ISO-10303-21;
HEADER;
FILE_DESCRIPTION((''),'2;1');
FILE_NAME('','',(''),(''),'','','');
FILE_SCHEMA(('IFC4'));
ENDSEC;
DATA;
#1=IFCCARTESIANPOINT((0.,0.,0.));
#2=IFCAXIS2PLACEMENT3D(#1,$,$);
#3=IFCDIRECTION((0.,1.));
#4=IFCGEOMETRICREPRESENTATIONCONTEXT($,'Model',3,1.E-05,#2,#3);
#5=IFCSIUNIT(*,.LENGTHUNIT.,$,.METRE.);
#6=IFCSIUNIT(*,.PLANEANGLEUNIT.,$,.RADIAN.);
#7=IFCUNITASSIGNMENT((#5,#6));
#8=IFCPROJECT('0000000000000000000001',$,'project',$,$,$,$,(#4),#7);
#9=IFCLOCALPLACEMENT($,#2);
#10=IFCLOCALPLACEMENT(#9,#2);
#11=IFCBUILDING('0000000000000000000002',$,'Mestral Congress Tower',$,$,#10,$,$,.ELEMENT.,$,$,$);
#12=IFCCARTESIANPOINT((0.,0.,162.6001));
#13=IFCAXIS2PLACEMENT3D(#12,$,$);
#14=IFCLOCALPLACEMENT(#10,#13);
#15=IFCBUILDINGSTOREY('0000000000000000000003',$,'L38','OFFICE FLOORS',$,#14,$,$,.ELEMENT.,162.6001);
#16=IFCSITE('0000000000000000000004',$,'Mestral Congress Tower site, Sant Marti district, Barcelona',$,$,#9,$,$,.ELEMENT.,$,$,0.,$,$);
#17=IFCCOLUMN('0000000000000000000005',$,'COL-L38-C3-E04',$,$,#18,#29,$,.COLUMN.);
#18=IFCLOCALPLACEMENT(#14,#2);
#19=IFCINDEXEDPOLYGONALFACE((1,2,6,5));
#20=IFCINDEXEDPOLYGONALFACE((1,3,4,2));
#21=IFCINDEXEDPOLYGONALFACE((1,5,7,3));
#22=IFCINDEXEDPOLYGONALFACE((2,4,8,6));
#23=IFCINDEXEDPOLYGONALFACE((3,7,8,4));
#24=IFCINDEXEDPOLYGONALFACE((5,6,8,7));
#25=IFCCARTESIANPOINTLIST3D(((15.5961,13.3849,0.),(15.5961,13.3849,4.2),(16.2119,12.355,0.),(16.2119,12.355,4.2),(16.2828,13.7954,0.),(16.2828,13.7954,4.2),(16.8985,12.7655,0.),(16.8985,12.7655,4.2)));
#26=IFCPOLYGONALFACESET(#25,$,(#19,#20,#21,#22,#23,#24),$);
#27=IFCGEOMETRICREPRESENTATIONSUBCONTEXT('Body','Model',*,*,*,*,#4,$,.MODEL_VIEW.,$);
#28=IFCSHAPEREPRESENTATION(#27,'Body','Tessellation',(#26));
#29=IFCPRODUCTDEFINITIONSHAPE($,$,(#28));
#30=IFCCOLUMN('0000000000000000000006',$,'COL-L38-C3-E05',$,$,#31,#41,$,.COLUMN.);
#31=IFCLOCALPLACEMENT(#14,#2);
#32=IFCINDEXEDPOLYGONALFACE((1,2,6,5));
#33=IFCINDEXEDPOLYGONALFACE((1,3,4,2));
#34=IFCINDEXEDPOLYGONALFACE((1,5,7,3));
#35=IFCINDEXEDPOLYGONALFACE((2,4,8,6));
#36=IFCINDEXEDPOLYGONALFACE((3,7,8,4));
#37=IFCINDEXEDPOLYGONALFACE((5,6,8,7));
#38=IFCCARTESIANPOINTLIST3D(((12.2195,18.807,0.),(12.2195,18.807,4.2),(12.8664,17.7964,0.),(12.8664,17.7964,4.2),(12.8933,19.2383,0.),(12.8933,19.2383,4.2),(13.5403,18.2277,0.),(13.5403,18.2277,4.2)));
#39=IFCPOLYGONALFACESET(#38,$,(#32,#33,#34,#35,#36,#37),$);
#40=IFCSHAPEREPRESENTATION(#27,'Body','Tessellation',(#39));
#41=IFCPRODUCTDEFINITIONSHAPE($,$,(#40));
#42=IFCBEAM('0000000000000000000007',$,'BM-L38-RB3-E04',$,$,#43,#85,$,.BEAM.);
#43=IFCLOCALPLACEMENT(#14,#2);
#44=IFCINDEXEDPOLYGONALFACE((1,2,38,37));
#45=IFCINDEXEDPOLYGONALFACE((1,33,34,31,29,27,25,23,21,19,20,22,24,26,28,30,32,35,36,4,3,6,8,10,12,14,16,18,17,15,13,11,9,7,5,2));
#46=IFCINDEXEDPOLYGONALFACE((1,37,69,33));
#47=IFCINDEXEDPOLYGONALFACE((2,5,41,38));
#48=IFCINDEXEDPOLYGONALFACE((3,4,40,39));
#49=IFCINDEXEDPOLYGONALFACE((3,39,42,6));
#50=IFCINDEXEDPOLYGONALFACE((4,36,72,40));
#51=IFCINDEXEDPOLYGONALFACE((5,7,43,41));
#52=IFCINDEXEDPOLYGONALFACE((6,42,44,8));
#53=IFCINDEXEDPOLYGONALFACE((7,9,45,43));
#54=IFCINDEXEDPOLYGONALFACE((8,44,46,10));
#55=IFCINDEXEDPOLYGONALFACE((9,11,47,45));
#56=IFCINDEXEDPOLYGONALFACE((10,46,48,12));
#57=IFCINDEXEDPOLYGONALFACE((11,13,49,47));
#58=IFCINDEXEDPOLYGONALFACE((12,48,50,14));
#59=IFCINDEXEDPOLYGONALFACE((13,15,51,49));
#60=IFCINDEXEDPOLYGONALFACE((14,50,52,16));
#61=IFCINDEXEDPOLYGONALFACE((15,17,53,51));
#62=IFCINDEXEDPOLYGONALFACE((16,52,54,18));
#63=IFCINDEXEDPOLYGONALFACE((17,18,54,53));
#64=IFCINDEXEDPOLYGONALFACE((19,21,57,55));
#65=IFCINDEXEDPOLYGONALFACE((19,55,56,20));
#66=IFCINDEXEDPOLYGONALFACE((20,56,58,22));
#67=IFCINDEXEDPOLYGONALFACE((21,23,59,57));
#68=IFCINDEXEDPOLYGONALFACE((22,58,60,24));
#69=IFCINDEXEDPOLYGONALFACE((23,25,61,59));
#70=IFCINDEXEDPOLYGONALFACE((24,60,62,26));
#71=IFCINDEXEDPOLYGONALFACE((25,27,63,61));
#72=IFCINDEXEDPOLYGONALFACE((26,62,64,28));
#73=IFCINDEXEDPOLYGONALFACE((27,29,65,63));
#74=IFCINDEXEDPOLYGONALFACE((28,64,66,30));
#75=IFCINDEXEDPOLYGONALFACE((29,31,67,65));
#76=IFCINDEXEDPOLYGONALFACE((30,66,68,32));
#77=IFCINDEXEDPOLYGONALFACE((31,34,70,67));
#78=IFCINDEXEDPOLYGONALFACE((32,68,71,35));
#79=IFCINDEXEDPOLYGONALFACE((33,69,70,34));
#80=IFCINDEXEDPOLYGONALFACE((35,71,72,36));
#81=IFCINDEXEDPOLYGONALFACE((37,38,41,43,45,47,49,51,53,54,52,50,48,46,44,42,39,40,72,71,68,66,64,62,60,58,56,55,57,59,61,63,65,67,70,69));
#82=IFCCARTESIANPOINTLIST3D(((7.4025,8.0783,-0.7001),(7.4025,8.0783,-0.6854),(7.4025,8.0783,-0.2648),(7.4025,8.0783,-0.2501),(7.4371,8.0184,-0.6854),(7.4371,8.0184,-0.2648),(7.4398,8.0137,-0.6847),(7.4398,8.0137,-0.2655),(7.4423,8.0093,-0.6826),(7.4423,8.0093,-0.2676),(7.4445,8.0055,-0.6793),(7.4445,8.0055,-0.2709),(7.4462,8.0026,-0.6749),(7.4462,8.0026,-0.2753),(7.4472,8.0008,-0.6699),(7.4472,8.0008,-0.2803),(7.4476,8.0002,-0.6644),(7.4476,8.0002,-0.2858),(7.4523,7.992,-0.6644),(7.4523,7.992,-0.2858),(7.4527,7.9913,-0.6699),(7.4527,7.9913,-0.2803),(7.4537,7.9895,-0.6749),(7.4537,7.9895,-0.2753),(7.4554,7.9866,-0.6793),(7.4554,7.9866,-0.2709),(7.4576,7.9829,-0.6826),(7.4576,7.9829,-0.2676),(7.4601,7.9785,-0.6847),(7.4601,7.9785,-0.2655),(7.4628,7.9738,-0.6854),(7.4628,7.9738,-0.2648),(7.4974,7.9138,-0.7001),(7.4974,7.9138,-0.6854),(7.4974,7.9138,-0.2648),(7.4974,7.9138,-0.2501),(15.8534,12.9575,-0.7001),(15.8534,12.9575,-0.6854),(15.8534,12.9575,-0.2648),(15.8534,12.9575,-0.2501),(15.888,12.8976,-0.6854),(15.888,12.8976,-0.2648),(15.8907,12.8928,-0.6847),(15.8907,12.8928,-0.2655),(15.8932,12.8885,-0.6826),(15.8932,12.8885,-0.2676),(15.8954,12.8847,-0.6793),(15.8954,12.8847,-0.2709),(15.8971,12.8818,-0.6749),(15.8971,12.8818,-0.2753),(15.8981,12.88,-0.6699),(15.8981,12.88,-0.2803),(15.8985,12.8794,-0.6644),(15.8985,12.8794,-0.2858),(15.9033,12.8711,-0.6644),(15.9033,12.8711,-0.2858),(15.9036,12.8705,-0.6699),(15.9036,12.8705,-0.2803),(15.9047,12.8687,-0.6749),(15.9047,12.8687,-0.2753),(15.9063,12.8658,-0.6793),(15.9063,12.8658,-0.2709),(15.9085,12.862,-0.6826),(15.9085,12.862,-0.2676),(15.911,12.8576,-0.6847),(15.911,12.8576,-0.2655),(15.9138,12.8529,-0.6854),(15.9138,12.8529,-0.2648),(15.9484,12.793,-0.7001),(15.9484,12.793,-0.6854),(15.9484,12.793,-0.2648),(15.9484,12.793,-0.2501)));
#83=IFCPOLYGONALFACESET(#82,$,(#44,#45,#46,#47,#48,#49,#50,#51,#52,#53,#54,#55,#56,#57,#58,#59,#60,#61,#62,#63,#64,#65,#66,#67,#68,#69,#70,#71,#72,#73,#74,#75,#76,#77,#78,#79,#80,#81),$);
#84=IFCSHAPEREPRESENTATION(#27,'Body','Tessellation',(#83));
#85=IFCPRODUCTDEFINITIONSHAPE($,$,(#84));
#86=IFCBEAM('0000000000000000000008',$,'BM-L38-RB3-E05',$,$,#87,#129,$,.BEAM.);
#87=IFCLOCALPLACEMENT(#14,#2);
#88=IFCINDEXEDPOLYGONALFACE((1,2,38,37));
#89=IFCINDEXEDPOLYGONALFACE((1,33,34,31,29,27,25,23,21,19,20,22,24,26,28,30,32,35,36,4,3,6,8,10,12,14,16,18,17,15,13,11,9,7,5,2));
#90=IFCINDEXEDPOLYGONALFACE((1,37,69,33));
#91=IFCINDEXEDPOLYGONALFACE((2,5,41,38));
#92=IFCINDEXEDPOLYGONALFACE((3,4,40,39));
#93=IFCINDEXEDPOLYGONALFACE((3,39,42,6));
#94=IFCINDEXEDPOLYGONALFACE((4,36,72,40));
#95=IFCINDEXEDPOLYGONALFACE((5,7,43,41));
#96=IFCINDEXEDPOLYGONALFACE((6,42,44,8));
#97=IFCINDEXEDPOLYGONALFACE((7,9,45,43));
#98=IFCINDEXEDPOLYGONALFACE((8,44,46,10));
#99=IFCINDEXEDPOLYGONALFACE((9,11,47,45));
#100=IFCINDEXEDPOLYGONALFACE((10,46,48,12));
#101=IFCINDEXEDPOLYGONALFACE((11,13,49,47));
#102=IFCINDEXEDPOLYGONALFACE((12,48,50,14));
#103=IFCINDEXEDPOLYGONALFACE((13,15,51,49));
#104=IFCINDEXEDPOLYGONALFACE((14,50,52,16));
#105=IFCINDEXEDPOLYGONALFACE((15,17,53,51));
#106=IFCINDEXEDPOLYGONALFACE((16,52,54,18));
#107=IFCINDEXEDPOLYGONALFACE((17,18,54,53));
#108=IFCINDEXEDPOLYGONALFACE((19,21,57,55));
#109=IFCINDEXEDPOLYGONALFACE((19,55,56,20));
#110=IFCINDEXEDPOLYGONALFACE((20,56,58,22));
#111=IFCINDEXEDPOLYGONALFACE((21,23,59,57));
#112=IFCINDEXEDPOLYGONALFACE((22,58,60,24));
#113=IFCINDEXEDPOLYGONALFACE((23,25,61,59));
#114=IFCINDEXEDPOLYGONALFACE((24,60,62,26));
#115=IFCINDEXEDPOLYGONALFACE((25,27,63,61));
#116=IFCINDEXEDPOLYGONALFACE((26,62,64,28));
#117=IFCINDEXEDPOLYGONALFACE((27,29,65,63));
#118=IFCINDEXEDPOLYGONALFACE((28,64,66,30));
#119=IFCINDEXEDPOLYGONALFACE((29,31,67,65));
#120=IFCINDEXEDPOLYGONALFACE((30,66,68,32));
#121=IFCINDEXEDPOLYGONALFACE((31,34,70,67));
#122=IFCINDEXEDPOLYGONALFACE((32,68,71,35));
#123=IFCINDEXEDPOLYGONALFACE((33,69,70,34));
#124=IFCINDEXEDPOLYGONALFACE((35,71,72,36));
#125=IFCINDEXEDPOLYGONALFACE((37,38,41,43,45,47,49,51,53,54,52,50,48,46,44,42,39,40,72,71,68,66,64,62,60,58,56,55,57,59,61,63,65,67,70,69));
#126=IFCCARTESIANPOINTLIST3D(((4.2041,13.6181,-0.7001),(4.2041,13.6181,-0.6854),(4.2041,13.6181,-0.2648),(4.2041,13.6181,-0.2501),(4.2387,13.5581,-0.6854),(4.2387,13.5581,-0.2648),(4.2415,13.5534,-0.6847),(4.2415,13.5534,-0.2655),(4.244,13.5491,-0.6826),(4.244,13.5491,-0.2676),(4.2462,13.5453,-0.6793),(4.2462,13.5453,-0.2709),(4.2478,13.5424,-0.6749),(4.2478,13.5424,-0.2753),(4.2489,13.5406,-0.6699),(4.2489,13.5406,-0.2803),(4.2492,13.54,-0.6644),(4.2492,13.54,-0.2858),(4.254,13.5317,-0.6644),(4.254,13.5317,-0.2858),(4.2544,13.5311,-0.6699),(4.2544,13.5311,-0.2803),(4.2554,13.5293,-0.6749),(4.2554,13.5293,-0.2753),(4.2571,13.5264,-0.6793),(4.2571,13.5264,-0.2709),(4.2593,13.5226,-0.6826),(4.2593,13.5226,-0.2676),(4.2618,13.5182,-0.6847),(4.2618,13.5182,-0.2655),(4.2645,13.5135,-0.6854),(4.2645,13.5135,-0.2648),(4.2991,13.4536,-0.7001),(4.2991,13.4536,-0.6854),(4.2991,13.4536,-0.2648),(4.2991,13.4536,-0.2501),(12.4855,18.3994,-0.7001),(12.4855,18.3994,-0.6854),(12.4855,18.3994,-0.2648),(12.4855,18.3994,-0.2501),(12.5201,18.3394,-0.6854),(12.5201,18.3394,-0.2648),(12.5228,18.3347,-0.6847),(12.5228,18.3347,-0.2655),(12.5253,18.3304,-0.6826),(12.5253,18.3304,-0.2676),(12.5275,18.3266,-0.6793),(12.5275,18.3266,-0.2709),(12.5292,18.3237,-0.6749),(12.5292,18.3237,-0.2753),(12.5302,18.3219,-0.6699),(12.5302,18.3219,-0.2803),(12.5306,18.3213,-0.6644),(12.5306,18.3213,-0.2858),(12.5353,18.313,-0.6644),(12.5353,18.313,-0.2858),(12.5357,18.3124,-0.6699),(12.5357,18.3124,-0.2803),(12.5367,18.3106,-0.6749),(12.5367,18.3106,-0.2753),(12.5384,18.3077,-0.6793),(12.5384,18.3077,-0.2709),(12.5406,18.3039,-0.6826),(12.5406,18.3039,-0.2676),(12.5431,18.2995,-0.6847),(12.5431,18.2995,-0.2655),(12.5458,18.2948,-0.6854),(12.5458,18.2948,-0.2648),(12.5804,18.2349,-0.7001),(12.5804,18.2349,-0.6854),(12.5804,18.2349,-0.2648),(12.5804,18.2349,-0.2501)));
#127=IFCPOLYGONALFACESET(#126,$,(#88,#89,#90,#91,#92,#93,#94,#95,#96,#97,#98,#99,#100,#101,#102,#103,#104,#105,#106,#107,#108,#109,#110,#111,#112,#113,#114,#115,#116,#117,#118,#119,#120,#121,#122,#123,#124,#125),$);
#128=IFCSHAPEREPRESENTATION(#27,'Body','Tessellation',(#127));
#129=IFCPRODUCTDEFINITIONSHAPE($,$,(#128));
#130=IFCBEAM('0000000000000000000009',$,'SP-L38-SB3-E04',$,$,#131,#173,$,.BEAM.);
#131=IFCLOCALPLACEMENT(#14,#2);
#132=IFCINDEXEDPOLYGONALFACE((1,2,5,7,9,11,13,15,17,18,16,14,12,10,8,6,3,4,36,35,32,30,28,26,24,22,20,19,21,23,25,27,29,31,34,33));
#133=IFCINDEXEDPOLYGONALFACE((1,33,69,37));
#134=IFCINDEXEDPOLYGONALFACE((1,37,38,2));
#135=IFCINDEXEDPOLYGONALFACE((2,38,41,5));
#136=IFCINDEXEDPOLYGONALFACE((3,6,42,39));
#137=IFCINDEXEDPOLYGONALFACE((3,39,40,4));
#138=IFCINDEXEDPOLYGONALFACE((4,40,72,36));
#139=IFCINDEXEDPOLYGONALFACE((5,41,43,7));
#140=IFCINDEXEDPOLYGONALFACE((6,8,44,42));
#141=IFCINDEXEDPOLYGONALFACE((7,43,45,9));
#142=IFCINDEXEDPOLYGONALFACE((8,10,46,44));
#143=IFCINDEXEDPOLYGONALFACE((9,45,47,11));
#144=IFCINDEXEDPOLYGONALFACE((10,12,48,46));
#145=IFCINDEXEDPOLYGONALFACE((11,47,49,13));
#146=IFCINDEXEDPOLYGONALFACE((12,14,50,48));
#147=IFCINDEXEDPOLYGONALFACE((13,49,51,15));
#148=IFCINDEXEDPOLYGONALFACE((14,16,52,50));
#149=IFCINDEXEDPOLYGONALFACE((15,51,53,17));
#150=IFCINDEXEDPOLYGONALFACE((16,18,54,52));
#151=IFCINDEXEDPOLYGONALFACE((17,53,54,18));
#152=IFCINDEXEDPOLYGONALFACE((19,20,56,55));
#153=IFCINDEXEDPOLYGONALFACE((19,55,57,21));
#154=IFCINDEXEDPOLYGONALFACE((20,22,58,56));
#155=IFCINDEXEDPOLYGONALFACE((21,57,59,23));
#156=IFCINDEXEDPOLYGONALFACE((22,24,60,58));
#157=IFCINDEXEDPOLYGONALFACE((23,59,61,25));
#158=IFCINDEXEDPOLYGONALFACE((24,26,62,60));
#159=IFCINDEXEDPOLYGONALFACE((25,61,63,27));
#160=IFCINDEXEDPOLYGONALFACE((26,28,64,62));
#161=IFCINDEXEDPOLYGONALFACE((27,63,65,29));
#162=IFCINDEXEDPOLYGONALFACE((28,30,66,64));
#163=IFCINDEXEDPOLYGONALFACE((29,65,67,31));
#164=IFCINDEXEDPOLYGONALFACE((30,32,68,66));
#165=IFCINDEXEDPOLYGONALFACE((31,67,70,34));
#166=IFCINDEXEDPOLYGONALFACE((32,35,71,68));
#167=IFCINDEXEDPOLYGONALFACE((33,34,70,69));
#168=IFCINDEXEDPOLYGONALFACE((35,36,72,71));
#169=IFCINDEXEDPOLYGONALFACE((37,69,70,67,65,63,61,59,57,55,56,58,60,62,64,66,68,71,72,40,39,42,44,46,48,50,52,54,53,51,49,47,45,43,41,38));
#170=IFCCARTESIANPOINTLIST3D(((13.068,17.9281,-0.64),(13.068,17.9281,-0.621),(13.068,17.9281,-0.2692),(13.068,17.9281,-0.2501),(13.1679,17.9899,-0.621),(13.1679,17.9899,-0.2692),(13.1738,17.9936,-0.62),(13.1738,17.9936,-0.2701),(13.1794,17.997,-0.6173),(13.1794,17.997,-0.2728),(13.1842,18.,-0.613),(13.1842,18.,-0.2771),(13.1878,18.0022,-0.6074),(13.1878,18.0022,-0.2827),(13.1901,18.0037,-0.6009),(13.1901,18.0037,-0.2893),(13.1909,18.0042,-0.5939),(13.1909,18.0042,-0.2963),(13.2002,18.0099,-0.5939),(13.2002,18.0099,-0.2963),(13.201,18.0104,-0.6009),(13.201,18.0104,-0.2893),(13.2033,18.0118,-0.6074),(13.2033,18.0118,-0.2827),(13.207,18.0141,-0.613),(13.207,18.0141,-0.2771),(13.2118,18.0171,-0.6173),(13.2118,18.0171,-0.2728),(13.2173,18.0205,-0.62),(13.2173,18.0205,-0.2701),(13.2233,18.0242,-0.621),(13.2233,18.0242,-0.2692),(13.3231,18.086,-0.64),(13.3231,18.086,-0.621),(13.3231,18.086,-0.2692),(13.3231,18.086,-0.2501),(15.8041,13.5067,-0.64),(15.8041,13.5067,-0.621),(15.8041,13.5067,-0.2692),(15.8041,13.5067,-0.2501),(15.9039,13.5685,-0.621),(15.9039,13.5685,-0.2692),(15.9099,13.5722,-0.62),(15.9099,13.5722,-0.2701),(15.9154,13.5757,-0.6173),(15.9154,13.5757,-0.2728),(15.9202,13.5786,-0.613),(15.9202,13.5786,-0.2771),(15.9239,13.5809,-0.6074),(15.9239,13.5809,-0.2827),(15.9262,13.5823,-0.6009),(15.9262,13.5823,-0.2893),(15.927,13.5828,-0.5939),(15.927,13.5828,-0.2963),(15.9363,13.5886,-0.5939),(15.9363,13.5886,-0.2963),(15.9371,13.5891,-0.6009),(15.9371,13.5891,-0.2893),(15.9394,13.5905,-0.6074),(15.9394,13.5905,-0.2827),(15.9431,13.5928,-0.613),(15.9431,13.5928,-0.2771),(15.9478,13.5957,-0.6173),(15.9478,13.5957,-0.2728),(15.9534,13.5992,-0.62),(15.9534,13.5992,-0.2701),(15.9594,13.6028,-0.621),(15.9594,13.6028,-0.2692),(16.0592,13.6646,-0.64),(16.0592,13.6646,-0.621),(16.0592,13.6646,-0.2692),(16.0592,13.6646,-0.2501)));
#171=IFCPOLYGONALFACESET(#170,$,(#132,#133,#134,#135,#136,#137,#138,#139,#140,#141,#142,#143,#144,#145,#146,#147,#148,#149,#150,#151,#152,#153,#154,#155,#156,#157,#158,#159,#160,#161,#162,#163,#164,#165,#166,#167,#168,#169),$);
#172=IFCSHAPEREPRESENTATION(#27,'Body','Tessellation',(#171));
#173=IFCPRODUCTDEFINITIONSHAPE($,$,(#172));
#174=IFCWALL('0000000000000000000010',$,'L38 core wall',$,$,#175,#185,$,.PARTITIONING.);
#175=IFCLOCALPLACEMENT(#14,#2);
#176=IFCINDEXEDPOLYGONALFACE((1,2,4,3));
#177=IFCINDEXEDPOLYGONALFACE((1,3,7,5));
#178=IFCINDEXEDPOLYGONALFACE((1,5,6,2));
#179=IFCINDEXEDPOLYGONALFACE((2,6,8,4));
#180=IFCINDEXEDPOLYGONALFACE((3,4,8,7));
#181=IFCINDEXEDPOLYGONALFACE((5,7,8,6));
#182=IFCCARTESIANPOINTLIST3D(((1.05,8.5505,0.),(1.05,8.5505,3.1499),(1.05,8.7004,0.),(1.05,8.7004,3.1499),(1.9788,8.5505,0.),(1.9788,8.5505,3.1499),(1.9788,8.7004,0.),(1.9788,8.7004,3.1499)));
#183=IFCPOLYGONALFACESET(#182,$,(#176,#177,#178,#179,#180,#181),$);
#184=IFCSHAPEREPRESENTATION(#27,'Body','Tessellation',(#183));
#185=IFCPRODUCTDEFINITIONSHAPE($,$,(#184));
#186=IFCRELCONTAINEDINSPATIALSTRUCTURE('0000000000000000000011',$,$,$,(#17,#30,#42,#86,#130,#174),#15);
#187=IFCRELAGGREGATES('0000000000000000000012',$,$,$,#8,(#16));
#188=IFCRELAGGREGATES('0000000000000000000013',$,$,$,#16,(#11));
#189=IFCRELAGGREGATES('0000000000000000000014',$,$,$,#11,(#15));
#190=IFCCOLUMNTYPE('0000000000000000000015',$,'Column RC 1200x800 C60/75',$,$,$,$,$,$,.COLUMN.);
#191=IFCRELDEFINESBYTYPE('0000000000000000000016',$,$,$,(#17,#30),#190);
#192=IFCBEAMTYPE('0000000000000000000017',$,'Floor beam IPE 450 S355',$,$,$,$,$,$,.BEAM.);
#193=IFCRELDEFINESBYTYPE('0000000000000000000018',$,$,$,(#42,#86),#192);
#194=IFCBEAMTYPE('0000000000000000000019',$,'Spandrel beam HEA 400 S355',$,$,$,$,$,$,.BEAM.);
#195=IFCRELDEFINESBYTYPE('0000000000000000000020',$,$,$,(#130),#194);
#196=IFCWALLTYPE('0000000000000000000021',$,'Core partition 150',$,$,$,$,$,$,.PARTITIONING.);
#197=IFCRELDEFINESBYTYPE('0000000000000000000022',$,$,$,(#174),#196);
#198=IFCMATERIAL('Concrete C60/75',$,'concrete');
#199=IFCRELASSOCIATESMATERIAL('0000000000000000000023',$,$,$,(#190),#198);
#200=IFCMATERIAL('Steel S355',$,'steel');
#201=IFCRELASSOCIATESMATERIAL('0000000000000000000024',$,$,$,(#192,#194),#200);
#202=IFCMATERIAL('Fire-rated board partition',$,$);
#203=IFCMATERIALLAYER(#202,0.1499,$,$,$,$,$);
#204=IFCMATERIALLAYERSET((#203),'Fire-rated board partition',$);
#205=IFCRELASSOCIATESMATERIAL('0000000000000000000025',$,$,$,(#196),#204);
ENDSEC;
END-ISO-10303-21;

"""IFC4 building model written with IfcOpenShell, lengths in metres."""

from ifc_helpers import new_model, si_unit, direction, frame, frame_2d, origin, origin_2d, place, context, subcontext, project, spatial, rectangle, i_section, extrude, material, layer, layer_set, material_profile, profile_set, type_object, element, save


model = new_model("IFC4")

# Units and contexts
model_context = context("Model", 3, precision=1e-05, world=origin(), true_north=direction((0.0, 1.0)))
body_context = subcontext(model_context, "Body", "Model", "MODEL_VIEW")
ifc_project = project(units=[si_unit("LENGTHUNIT", "METRE"), si_unit("PLANEANGLEUNIT", "RADIAN")], contexts=[model_context])

# Site, building, storey
site_placement = place(None, origin())
site = spatial("IfcSite", under=ifc_project, at=site_placement, Name="Mestral Congress Tower site, Sant Marti district, Barcelona", CompositionType="ELEMENT", RefElevation=0.0)
building_placement = place(site_placement, origin())
building = spatial("IfcBuilding", under=site, at=building_placement, Name="Mestral Congress Tower", CompositionType="ELEMENT")
storey_placement = place(building_placement, frame((0.0, 0.0, 162.6001)))
storey = spatial("IfcBuildingStorey", under=building, at=storey_placement, Name="L38", Description="OFFICE FLOORS", CompositionType="ELEMENT", Elevation=162.6001)

# Columns
ifc_material_1 = material(Name="Concrete C60/75", Category="concrete")
ifc_material_profile_1 = material_profile(ifc_material_1, rectangle(XDim=1.2, YDim=0.8, at=origin_2d()), Name="RC 1200x800")
ifc_profile_set_1 = profile_set([ifc_material_profile_1], Name="Concrete C60/75")
column_type = type_object("IfcColumnType", Name="Column RC 1200x800 C60/75", PredefinedType="COLUMN", material=ifc_profile_set_1)
for number, where, z_axis, x_axis, name in (
    (1, (16.2473, 13.0752, 0.0), (0.0, 0.0, 1.0), (-0.513159, 0.858293, 0.0), "COL-L38-C3-E04"),
    (2, (12.8799, 18.5173, 0.0), (0.0, 0.0, 1.0), (-0.539115, 0.842232, 0.0), "COL-L38-C3-E05"),
):
    element("IfcColumn", number, at=place(storey_placement, frame(where, z_axis=z_axis, x_axis=x_axis)), inside=storey, type_object=column_type, Name=name, PredefinedType="COLUMN", context=body_context, shape_type="SweptSolid", body=[
        extrude(rectangle(XDim=1.2, YDim=0.8, at=origin_2d()), origin(), (0.0, 0.0, 1.0), 4.2),
    ])

# Beams
ifc_material_2 = material(Name="Steel S355", Category="steel")
ifc_material_profile_2 = material_profile(ifc_material_2, i_section(OverallWidth=0.1899, OverallDepth=0.45, WebThickness=0.0095, FlangeThickness=0.0146, FilletRadius=0.021, at=origin_2d()), Name="IPE 450")
ifc_profile_set_2 = profile_set([ifc_material_profile_2], Name="Steel S355")
beam_type_1 = type_object("IfcBeamType", Name="Floor beam IPE 450 S355", PredefinedType="BEAM", material=ifc_profile_set_2)
beam_1_placement = place(storey_placement, frame((15.9009, 12.8752, -0.4751), z_axis=(-0.866025, -0.5, 0.0), x_axis=(0.5, -0.866025, 0.0)))
element("IfcBeam", 3, at=beam_1_placement, inside=storey, type_object=beam_type_1, Name="BM-L38-RB3-E04", PredefinedType="BEAM", context=body_context, shape_type="SweptSolid", body=[
    extrude(i_section(OverallWidth=0.1899, OverallDepth=0.45, WebThickness=0.0095, FlangeThickness=0.0146, FilletRadius=0.021, at=origin_2d()), origin(), (0.0, 0.0, 1.0), 9.7583),
])
beam_2_placement = place(storey_placement, frame((12.533, 18.3171, -0.4751), z_axis=(-0.866022, -0.500005, 0.0), x_axis=(0.500005, -0.866022, 0.0)))
element("IfcBeam", 4, at=beam_2_placement, inside=storey, type_object=beam_type_1, Name="BM-L38-RB3-E05", PredefinedType="BEAM", context=body_context, shape_type="SweptSolid", body=[
    extrude(i_section(OverallWidth=0.1899, OverallDepth=0.45, WebThickness=0.0095, FlangeThickness=0.0146, FilletRadius=0.021, at=origin_2d()), origin(), (0.0, 0.0, 1.0), 9.5625),
])
ifc_material_profile_3 = material_profile(ifc_material_2, i_section(OverallWidth=0.3, OverallDepth=0.3899, WebThickness=0.011, FlangeThickness=0.019, FilletRadius=0.0271, at=origin_2d()), Name="HEA 400")
ifc_profile_set_3 = profile_set([ifc_material_profile_3], Name="Steel S355")
beam_type_2 = type_object("IfcBeamType", Name="Spandrel beam HEA 400 S355", PredefinedType="BEAM", material=ifc_profile_set_3)
beam_3_placement = place(storey_placement, frame((15.9316, 13.5857, -0.4451), z_axis=(-0.52622, 0.850348, 0.0), x_axis=(-0.850348, -0.52622, 0.0)))
element("IfcBeam", 5, at=beam_3_placement, inside=storey, type_object=beam_type_2, Name="SP-L38-SB3-E04", PredefinedType="BEAM", context=body_context, shape_type="SweptSolid", body=[
    extrude(i_section(OverallWidth=0.3, OverallDepth=0.3899, WebThickness=0.011, FlangeThickness=0.019, FilletRadius=0.0271, at=origin_2d()), origin(), (0.0, 0.0, 1.0), 5.1995),
])

# Wall
ifc_material_3 = material(Name="Fire-rated board partition")
ifc_layer_1 = layer(ifc_material_3, 0.1499)
ifc_layer_set_1 = layer_set([ifc_layer_1], Name="Fire-rated board partition")
wall_type_1 = type_object("IfcWallType", Name="Core partition 150", PredefinedType="PARTITIONING", material=ifc_layer_set_1)
wall_1_placement = place(storey_placement, frame((1.05, 8.6255, 0.0), z_axis=(0.0, 0.0, 1.0), x_axis=(1.0, 0.0, 0.0)))
element("IfcWall", 6, at=wall_1_placement, inside=storey, type_object=wall_type_1, Name="L38 core wall", PredefinedType="PARTITIONING", context=body_context, shape_type="SweptSolid", body=[
    extrude(rectangle(XDim=0.9287, YDim=0.1499, at=frame_2d((0.4644, 0.0))), origin(), (0.0, 0.0, 1.0), 3.1499),
])

save(model, "model.ifc")
